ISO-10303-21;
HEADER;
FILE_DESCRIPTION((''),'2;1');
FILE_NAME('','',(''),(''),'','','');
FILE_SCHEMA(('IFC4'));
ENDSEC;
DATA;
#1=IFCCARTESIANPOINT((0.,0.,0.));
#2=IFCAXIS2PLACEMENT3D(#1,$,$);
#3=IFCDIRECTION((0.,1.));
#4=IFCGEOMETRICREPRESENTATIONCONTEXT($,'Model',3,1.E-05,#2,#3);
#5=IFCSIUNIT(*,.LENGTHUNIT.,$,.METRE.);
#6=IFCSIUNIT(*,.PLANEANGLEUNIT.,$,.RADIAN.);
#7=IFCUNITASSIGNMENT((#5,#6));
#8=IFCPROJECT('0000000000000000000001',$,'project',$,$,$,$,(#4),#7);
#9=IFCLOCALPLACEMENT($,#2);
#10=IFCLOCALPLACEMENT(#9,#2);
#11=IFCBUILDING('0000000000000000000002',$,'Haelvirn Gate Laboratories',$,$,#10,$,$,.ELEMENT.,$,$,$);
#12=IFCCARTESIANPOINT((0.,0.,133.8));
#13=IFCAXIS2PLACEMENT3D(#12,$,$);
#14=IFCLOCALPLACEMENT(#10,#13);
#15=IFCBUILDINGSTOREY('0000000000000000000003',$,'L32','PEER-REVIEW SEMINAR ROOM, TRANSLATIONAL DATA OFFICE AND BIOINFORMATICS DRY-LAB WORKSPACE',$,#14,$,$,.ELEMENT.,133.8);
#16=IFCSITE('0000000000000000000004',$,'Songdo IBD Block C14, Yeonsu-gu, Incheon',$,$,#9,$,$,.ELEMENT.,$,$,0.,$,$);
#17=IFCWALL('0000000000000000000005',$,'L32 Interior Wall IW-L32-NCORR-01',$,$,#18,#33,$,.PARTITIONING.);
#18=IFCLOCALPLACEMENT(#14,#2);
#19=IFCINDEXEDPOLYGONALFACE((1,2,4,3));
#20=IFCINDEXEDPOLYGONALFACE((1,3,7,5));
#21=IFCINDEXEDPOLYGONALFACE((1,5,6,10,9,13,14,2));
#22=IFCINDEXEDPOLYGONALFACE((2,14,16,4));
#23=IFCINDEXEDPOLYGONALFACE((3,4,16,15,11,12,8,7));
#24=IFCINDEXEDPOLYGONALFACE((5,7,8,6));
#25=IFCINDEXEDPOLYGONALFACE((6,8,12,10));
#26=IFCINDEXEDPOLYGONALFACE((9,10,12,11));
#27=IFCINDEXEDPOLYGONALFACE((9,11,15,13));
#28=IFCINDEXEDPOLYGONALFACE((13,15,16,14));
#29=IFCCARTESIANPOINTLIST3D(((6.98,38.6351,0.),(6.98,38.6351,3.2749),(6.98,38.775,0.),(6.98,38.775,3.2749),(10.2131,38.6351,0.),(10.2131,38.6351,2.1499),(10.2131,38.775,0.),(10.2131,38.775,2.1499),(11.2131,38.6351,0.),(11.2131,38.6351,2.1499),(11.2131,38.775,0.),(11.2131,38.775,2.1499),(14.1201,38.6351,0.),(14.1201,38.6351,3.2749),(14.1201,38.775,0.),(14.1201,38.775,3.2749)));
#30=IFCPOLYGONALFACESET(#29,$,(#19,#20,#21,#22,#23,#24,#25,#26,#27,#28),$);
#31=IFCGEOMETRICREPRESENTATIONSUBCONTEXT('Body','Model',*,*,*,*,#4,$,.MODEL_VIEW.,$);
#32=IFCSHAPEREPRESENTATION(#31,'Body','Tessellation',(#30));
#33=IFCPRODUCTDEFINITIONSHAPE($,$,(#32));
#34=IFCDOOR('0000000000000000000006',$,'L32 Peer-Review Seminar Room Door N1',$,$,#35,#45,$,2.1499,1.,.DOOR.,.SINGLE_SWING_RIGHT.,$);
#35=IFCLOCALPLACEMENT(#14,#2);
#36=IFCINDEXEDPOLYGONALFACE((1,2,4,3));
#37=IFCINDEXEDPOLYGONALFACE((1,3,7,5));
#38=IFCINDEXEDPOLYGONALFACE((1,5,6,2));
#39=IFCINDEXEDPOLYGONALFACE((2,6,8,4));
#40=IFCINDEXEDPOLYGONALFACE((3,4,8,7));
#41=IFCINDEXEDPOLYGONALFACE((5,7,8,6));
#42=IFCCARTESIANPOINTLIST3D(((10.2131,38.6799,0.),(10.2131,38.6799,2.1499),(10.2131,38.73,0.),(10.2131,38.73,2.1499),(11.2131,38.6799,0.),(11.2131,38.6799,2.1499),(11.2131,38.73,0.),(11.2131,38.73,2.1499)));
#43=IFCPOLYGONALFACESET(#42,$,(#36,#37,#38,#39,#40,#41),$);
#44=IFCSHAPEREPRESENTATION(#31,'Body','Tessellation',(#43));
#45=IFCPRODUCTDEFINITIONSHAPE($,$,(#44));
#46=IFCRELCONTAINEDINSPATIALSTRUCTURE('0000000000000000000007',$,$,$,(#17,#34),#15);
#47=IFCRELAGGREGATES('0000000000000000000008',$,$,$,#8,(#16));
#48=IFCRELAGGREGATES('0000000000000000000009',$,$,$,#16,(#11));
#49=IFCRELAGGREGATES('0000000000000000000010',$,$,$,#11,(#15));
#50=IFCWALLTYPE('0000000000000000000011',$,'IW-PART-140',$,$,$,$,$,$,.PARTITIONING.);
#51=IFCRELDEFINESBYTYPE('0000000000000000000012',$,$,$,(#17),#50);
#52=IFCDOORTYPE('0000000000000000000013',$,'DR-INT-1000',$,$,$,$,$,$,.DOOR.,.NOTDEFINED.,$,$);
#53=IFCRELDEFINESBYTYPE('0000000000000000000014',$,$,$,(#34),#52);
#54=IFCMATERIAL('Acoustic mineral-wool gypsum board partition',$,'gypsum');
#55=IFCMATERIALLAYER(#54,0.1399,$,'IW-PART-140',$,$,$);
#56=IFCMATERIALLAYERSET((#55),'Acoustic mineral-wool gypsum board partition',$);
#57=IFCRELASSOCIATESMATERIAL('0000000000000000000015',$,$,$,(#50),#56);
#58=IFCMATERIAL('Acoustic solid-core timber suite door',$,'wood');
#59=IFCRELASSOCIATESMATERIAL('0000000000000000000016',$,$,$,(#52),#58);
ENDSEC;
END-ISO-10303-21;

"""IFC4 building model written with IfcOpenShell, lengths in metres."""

from ifc_helpers import new_model, si_unit, direction, frame, frame_2d, origin, place, context, subcontext, project, spatial, rectangle, extrude, source, transform, mapped, material, layer, layer_set, type_object, type_shapes, element, fill, save


model = new_model("IFC4")

# Units and contexts
model_context = context("Model", 3, precision=1e-05, world=origin(), true_north=direction((0.0, 1.0)))
body_context = subcontext(model_context, "Body", "Model", "MODEL_VIEW")
ifc_project = project(units=[si_unit("LENGTHUNIT", "METRE"), si_unit("PLANEANGLEUNIT", "RADIAN")], contexts=[model_context])

# Site, building, storey
site_placement = place(None, origin())
site = spatial("IfcSite", under=ifc_project, at=site_placement, Name="Songdo IBD Block C14, Yeonsu-gu, Incheon", CompositionType="ELEMENT", RefElevation=0.0)
building_placement = place(site_placement, origin())
building = spatial("IfcBuilding", under=site, at=building_placement, Name="Haelvirn Gate Laboratories", CompositionType="ELEMENT")
storey_placement = place(building_placement, frame((0.0, 0.0, 133.8)))
storey = spatial("IfcBuildingStorey", under=building, at=storey_placement, Name="L32", Description="PEER-REVIEW SEMINAR ROOM, TRANSLATIONAL DATA OFFICE AND BIOINFORMATICS DRY-LAB WORKSPACE", CompositionType="ELEMENT", Elevation=133.8)

# Wall, opening, door
ifc_material_1 = material(Name="Acoustic mineral-wool gypsum board partition", Category="gypsum")
ifc_layer_1 = layer(ifc_material_1, 0.1399, Name="IW-PART-140")
ifc_layer_set_1 = layer_set([ifc_layer_1], Name="Acoustic mineral-wool gypsum board partition")
wall_type_1 = type_object("IfcWallType", Name="IW-PART-140", PredefinedType="PARTITIONING", material=ifc_layer_set_1)
wall_1_placement = place(storey_placement, frame((6.98, 38.7051, 0.0), z_axis=(0.0, 0.0, 1.0), x_axis=(1.0, 0.0, 0.0)))
wall_1 = element("IfcWall", 1, at=wall_1_placement, inside=storey, type_object=wall_type_1, Name="L32 Interior Wall IW-L32-NCORR-01", PredefinedType="PARTITIONING", context=body_context, shape_type="SweptSolid", body=[
    extrude(rectangle(XDim=7.1401, YDim=0.1399, at=frame_2d((3.5701, 0.0))), origin(), (0.0, 0.0, 1.0), 3.2749),
])
opening_1_placement = place(wall_1_placement, frame((3.2332, 0.0, 0.0)))
opening_1 = element("IfcOpeningElement", 2, at=opening_1_placement, cuts=wall_1, PredefinedType="OPENING", context=body_context, shape_type="SweptSolid", body=[
    extrude(rectangle(XDim=1.0, YDim=2.1499, at=frame_2d((0.5, 1.075))), frame((0.0, 0.0801, 0.0), z_axis=(0.0, -1.0, 0.0), x_axis=(1.0, 0.0, 0.0)), (0.0, 0.0, 1.0), 0.1599),
])
ifc_material_2 = material(Name="Acoustic solid-core timber suite door", Category="wood")
door_type_1 = type_object("IfcDoorType", Name="DR-INT-1000", OperationType="NOTDEFINED", PredefinedType="DOOR", material=ifc_material_2)
shared_shape_1 = source(origin(), body_context, "Body", "SweptSolid", [
    extrude(rectangle(XDim=1.0, YDim=2.1499, at=frame_2d((0.5, 1.075))), frame((0.0, 0.0249, 0.0), z_axis=(0.0, -1.0, 0.0), x_axis=(1.0, 0.0, 0.0)), (0.0, 0.0, 1.0), 0.05),
])
type_shapes(door_type_1, [shared_shape_1])
door_1_placement = place(opening_1_placement, origin())
door_1 = element("IfcDoor", 3, at=door_1_placement, inside=storey, type_object=door_type_1, Name="L32 Peer-Review Seminar Room Door N1", OperationType="SINGLE_SWING_RIGHT", OverallHeight=2.1499, OverallWidth=1.0, PredefinedType="DOOR", context=body_context, shape_type="MappedRepresentation", body=[
    mapped(shared_shape_1, transform((0.0, 0.0, 0.0), scale=1.0)),
])
fill(opening_1, door_1)

save(model, "model.ifc")
